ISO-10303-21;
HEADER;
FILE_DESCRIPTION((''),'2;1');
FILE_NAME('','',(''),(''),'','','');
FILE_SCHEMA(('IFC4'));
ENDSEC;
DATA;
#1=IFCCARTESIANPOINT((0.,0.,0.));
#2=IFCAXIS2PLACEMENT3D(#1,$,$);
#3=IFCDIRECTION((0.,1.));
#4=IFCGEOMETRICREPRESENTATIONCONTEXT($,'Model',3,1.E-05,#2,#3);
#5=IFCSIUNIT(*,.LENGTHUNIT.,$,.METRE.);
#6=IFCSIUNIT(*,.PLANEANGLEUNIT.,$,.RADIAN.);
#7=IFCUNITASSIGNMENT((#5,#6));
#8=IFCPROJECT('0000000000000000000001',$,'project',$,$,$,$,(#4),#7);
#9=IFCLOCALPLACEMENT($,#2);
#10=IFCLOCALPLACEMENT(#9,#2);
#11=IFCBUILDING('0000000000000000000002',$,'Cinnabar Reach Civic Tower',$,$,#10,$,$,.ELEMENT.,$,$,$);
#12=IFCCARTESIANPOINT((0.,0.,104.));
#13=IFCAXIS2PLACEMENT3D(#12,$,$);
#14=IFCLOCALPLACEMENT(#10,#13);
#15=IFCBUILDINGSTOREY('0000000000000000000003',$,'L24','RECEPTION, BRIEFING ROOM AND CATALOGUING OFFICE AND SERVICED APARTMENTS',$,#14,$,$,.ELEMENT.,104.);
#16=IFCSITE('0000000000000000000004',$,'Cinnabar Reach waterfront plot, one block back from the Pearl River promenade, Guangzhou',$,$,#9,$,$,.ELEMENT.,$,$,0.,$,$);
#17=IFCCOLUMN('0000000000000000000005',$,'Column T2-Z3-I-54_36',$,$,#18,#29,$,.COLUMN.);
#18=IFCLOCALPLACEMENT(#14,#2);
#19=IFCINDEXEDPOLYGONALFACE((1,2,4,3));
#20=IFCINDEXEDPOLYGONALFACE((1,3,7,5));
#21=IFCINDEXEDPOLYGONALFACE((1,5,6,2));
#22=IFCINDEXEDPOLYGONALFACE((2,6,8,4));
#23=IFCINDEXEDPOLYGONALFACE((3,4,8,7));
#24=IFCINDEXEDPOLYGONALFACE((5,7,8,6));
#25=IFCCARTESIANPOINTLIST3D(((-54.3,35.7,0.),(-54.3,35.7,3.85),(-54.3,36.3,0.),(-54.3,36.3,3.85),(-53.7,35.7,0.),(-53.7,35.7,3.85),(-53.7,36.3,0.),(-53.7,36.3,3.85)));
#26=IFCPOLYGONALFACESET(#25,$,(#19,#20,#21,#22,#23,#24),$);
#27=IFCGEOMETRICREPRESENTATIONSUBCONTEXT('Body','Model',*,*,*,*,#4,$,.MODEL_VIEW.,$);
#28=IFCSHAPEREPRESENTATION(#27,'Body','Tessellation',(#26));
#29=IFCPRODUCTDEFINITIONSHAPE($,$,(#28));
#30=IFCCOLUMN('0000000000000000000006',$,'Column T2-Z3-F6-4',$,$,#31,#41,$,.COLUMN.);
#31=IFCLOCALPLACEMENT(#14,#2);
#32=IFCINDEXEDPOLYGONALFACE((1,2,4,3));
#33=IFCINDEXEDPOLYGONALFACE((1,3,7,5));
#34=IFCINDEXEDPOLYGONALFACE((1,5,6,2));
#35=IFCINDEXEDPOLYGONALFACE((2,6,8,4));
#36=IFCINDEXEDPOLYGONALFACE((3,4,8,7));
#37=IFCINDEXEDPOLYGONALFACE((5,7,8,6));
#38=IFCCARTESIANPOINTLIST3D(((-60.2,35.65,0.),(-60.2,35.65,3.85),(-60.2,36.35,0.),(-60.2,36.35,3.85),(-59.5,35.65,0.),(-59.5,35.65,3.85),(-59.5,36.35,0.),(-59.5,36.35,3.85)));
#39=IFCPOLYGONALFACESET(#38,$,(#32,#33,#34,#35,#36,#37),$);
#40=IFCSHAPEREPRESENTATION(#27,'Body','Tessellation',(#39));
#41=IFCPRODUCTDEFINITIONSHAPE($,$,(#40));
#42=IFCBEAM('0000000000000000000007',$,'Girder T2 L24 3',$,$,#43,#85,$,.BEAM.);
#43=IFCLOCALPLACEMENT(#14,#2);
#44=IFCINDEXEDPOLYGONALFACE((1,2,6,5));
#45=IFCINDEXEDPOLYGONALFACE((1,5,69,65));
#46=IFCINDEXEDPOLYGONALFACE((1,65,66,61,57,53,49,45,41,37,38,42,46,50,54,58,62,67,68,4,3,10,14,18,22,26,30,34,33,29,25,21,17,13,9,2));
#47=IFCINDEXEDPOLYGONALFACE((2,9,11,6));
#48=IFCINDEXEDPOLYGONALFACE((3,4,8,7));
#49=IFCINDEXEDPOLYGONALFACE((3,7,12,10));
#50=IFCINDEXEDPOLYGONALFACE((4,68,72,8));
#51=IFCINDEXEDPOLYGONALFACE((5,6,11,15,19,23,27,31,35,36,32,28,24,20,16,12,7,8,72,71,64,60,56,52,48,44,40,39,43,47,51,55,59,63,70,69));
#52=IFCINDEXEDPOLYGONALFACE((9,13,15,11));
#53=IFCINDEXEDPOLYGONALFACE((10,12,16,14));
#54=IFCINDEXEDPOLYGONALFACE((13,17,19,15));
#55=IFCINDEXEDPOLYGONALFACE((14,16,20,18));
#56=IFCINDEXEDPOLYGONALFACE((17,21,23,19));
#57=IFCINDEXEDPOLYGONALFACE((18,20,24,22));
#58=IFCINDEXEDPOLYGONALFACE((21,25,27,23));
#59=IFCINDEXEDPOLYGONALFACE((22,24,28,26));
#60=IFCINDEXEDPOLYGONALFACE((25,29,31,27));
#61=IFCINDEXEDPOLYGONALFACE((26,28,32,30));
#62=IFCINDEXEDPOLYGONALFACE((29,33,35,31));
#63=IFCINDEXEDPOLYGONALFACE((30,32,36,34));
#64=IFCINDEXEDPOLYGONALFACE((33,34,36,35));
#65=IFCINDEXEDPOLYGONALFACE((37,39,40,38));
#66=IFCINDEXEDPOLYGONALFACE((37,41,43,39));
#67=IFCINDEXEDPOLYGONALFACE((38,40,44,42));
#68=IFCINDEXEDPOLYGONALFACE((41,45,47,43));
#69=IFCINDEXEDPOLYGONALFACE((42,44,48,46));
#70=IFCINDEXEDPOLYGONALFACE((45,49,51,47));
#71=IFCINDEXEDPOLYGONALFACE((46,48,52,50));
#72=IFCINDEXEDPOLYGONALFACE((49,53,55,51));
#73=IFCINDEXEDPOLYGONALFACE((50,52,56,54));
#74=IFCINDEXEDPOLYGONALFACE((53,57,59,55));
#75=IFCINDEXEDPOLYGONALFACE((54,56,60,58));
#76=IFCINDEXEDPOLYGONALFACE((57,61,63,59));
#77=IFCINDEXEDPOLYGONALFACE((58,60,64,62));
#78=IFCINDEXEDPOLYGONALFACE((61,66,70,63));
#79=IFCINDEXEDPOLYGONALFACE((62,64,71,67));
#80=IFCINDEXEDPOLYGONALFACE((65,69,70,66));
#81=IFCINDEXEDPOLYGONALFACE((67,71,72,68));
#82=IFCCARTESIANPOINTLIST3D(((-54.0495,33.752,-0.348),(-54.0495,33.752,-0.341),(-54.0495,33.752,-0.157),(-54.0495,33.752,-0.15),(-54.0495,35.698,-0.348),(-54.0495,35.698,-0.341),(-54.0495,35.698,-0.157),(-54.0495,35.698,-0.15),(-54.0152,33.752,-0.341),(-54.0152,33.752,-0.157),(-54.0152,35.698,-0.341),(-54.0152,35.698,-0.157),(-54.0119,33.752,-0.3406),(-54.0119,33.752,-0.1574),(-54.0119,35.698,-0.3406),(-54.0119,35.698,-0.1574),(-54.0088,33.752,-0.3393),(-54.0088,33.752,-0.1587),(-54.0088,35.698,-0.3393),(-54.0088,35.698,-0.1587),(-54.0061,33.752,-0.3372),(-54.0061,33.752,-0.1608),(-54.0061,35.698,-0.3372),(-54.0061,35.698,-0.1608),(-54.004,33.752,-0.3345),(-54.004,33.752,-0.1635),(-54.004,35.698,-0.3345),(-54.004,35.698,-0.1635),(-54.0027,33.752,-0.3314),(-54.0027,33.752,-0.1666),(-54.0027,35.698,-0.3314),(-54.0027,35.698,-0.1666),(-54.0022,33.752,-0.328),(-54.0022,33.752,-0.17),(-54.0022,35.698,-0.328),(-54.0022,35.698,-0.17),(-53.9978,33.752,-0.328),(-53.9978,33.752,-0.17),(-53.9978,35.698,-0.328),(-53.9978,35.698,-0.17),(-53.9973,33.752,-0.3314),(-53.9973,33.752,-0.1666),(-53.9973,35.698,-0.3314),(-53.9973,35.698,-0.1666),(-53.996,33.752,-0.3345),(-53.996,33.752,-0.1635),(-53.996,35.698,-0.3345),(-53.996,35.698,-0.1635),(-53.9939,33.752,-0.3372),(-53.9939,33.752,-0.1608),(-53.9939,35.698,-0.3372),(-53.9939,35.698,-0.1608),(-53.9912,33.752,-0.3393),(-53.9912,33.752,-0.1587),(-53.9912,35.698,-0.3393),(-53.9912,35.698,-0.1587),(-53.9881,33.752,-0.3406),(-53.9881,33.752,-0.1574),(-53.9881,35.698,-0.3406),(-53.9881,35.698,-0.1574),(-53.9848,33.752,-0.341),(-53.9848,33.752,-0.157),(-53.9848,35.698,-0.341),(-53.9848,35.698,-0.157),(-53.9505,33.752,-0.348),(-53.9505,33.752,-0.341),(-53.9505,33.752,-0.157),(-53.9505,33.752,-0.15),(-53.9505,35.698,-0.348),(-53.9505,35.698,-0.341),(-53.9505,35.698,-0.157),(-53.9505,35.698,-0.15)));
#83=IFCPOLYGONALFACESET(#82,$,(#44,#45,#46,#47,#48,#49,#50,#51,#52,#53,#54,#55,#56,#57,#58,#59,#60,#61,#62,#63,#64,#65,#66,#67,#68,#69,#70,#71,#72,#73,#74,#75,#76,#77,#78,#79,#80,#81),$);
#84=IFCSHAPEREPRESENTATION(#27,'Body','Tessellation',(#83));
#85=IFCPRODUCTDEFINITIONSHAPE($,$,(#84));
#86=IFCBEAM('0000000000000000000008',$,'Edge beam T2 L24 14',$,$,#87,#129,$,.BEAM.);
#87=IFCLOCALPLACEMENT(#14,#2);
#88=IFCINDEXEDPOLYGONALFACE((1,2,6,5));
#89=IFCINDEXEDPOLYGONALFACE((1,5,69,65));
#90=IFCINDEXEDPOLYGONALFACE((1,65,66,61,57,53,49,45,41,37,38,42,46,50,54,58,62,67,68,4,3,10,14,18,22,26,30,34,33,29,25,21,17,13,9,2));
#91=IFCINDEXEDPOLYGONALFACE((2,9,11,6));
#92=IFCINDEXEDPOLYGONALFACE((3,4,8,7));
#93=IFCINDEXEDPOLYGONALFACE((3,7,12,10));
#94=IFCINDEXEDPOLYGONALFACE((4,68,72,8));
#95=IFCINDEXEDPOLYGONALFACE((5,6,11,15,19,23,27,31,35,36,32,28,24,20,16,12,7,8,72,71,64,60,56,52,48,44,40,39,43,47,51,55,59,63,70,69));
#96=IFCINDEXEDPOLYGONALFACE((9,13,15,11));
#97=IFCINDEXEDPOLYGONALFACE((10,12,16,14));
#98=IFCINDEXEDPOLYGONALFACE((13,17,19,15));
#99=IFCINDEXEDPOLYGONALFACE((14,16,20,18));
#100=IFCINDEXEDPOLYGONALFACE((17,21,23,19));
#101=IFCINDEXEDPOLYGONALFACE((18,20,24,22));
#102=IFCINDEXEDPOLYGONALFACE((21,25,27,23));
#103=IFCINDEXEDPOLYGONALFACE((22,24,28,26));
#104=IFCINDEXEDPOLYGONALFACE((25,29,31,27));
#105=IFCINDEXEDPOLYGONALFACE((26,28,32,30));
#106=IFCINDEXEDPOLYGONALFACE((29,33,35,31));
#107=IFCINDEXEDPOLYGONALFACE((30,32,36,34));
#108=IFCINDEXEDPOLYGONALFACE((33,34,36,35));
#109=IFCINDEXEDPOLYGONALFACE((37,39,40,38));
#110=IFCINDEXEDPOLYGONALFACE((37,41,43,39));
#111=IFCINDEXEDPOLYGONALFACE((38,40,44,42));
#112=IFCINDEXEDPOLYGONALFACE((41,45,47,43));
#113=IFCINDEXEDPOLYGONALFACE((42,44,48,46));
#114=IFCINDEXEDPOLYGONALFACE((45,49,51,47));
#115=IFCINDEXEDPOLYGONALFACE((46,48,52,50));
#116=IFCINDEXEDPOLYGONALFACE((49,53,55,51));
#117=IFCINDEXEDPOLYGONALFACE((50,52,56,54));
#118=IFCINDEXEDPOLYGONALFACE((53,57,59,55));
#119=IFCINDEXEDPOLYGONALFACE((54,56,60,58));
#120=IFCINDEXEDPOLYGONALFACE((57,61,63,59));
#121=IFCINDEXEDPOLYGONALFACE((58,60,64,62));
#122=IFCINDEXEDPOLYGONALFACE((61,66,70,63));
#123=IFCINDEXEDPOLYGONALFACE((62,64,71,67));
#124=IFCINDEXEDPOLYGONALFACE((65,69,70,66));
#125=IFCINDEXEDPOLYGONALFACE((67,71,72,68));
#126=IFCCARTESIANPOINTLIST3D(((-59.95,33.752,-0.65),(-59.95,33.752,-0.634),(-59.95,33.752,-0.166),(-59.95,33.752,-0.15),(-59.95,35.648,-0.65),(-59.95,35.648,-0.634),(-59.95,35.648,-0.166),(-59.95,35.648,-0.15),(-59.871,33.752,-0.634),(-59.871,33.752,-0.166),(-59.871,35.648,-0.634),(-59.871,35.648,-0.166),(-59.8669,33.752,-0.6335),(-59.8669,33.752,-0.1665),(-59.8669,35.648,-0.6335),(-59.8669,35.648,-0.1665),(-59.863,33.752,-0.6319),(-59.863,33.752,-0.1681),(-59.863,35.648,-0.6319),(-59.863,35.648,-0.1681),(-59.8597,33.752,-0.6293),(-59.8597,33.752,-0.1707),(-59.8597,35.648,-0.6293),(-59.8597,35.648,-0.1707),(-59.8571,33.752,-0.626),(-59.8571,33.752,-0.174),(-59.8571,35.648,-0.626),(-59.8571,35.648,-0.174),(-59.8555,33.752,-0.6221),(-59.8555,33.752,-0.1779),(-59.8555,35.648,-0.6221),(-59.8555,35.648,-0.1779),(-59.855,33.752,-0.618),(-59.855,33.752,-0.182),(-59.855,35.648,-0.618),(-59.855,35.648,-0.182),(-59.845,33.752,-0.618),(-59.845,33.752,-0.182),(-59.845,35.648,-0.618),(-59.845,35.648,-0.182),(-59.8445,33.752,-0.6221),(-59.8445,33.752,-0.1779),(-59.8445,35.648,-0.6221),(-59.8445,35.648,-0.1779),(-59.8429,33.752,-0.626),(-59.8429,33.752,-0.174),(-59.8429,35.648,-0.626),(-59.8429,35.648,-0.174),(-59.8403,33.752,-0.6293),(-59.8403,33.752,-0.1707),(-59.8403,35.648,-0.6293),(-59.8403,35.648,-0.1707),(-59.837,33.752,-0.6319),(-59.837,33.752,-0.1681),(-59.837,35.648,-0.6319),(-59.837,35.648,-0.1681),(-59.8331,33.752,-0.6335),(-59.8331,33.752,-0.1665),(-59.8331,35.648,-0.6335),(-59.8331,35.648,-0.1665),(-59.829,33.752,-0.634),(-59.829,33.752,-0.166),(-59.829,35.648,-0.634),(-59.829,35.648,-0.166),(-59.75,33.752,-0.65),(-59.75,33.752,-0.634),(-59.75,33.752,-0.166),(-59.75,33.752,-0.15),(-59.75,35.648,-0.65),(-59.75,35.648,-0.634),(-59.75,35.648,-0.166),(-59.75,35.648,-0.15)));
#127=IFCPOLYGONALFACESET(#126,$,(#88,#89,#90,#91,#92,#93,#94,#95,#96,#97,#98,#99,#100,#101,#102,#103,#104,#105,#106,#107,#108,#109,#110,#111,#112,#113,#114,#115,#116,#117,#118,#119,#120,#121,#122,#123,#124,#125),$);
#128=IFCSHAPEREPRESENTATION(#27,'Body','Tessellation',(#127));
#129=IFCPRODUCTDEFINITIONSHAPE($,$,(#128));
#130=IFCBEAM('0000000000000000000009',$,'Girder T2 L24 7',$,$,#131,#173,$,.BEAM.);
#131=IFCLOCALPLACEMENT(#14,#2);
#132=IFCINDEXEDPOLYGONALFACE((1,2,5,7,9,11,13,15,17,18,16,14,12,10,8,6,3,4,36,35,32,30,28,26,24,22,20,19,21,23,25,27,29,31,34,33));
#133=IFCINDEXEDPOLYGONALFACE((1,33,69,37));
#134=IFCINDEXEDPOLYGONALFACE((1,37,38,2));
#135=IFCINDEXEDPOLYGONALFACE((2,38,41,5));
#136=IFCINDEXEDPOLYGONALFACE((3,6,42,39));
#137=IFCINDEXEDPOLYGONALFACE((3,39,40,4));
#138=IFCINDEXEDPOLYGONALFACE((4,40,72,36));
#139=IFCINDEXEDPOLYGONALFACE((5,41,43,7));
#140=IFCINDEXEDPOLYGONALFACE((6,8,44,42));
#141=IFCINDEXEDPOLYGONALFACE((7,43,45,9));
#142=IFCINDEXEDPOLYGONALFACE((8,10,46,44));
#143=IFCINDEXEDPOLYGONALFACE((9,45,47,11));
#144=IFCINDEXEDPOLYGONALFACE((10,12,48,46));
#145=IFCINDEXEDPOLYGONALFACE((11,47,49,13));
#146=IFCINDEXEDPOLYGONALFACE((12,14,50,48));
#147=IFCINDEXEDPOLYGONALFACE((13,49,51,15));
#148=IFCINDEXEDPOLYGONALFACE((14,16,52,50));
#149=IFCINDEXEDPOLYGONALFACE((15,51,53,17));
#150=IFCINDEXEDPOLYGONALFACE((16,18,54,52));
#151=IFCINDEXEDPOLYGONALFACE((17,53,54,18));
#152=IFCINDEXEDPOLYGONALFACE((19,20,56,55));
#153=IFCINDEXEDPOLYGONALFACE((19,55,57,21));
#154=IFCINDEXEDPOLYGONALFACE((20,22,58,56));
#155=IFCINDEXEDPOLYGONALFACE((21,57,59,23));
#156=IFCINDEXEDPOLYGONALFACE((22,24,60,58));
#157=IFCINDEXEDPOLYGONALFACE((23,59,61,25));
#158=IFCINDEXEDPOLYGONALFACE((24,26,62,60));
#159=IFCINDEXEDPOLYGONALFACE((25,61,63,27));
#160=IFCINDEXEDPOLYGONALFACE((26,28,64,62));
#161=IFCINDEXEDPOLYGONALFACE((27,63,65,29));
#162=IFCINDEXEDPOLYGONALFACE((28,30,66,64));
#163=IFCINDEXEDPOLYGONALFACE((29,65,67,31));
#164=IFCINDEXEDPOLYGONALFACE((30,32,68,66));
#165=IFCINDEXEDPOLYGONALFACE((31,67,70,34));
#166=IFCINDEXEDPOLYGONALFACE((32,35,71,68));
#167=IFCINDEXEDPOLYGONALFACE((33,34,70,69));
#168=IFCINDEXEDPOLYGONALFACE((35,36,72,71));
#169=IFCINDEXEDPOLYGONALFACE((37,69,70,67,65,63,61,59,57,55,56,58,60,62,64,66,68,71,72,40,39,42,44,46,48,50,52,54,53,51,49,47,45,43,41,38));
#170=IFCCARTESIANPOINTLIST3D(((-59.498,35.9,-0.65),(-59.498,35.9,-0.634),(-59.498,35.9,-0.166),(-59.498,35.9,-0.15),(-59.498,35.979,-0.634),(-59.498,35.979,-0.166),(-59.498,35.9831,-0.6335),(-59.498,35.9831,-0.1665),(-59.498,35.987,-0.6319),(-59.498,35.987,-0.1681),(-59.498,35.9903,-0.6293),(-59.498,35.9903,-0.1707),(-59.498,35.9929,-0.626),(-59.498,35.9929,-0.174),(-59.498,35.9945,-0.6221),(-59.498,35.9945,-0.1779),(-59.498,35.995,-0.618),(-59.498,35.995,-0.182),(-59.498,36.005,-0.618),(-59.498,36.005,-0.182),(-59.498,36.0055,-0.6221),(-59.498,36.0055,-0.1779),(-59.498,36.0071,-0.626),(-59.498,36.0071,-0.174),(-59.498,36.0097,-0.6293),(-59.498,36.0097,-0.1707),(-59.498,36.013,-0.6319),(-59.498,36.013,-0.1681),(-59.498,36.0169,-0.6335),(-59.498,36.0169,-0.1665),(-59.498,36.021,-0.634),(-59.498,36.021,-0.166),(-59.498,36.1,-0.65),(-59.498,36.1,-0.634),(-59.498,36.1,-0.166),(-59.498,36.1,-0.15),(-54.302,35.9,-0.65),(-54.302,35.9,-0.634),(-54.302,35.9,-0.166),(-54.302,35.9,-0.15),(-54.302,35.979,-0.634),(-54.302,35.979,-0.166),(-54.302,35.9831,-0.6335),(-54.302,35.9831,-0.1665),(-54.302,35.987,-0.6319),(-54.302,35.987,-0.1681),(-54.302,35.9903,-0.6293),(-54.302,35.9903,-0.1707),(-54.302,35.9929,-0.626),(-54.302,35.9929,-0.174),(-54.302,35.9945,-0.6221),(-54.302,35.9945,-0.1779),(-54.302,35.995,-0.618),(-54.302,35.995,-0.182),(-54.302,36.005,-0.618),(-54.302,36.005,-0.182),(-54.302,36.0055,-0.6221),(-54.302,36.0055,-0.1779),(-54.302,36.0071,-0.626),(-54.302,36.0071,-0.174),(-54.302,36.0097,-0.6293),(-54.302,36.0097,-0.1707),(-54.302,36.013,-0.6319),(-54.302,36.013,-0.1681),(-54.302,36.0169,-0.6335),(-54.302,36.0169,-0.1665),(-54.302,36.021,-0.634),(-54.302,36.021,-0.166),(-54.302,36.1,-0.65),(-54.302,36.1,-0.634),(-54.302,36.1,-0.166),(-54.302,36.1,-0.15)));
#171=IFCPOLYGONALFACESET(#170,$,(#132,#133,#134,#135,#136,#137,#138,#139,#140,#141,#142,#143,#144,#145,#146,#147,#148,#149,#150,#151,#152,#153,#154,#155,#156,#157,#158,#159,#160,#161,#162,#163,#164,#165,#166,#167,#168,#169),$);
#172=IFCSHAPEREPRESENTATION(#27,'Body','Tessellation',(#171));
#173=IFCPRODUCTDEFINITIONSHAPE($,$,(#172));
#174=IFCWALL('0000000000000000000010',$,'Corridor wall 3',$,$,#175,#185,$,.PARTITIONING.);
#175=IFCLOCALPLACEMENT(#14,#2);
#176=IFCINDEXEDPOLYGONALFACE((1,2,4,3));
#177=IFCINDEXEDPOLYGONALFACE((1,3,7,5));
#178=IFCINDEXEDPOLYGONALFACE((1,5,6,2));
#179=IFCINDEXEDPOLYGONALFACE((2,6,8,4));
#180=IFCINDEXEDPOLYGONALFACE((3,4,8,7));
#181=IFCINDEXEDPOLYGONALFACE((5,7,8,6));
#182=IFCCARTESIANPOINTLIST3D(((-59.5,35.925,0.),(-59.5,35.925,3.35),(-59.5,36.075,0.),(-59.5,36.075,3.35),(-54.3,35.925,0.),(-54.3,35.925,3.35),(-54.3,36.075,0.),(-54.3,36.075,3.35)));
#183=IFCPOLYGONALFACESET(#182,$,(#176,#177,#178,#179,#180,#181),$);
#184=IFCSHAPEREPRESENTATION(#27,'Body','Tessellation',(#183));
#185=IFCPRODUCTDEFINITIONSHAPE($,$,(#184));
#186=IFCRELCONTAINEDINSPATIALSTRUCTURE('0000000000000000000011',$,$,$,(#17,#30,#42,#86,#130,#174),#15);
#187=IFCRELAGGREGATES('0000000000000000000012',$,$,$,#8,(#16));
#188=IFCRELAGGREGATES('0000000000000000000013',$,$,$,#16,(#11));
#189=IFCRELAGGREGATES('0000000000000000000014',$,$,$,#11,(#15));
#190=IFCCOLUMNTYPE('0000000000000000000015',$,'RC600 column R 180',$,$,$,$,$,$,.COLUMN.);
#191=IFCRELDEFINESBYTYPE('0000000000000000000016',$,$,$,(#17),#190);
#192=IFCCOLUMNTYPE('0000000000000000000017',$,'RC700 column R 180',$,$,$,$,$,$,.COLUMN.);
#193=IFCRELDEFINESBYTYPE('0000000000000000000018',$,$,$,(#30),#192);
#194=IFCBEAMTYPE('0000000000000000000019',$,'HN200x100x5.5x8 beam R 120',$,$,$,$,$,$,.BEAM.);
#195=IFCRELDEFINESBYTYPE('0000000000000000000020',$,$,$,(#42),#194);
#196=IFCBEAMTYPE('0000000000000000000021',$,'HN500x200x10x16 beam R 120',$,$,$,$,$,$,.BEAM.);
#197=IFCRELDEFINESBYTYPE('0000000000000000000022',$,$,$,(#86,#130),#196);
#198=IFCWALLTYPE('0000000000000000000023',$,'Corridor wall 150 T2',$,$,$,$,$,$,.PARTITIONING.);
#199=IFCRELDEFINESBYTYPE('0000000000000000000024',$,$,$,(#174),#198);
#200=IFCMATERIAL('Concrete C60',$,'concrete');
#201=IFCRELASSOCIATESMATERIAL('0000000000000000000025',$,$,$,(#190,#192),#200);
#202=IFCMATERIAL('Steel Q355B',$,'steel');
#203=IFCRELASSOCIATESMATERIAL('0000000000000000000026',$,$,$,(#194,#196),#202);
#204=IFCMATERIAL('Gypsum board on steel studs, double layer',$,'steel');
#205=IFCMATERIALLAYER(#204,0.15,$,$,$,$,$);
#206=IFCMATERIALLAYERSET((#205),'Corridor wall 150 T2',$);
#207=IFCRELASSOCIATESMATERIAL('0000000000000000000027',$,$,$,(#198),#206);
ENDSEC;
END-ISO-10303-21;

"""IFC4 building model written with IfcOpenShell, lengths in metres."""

from ifc_helpers import new_model, si_unit, direction, frame, frame_2d, origin, origin_2d, place, context, subcontext, project, spatial, rectangle, i_section, extrude, material, layer, layer_set, material_profile, profile_set, type_object, element, save


model = new_model("IFC4")

# Units and contexts
model_context = context("Model", 3, precision=1e-05, world=origin(), true_north=direction((0.0, 1.0)))
body_context = subcontext(model_context, "Body", "Model", "MODEL_VIEW")
ifc_project = project(units=[si_unit("LENGTHUNIT", "METRE"), si_unit("PLANEANGLEUNIT", "RADIAN")], contexts=[model_context])

# Site, building, storey
site_placement = place(None, origin())
site = spatial("IfcSite", under=ifc_project, at=site_placement, Name="Cinnabar Reach waterfront plot, one block back from the Pearl River promenade, Guangzhou", CompositionType="ELEMENT", RefElevation=0.0)
building_placement = place(site_placement, origin())
building = spatial("IfcBuilding", under=site, at=building_placement, Name="Cinnabar Reach Civic Tower", CompositionType="ELEMENT")
storey_placement = place(building_placement, frame((0.0, 0.0, 104.0)))
storey = spatial("IfcBuildingStorey", under=building, at=storey_placement, Name="L24", Description="RECEPTION, BRIEFING ROOM AND CATALOGUING OFFICE AND SERVICED APARTMENTS", CompositionType="ELEMENT", Elevation=104.0)

# Columns
ifc_material_1 = material(Name="Concrete C60", Category="concrete")
ifc_material_profile_1 = material_profile(ifc_material_1, rectangle(XDim=0.6, YDim=0.6, at=origin_2d()), Name="RC600")
ifc_profile_set_1 = profile_set([ifc_material_profile_1], Name="Concrete C60")
column_type_1 = type_object("IfcColumnType", Name="RC600 column R 180", PredefinedType="COLUMN", material=ifc_profile_set_1)
column_1_placement = place(storey_placement, frame((-54.0, 36.0, 0.0), z_axis=(0.0, 0.0, 1.0), x_axis=(1.0, 0.0, 0.0)))
element("IfcColumn", 1, at=column_1_placement, inside=storey, type_object=column_type_1, Name="Column T2-Z3-I-54_36", PredefinedType="COLUMN", context=body_context, shape_type="SweptSolid", body=[
    extrude(rectangle(XDim=0.6, YDim=0.6, at=origin_2d()), origin(), (0.0, 0.0, 1.0), 3.85),
])
ifc_material_profile_2 = material_profile(ifc_material_1, rectangle(XDim=0.7, YDim=0.7, at=origin_2d()), Name="RC700")
ifc_profile_set_2 = profile_set([ifc_material_profile_2], Name="Concrete C60")
column_type_2 = type_object("IfcColumnType", Name="RC700 column R 180", PredefinedType="COLUMN", material=ifc_profile_set_2)
column_2_placement = place(storey_placement, frame((-59.85, 36.0, 0.0), z_axis=(0.0, 0.0, 1.0), x_axis=(1.0, 0.0, 0.0)))
element("IfcColumn", 2, at=column_2_placement, inside=storey, type_object=column_type_2, Name="Column T2-Z3-F6-4", PredefinedType="COLUMN", context=body_context, shape_type="SweptSolid", body=[
    extrude(rectangle(XDim=0.7, YDim=0.7, at=origin_2d()), origin(), (0.0, 0.0, 1.0), 3.85),
])

# Beams
ifc_material_2 = material(Name="Steel Q355B", Category="steel")
ifc_material_profile_3 = material_profile(ifc_material_2, i_section(OverallWidth=0.099, OverallDepth=0.198, WebThickness=0.0045, FlangeThickness=0.007, FilletRadius=0.013, at=origin_2d()), Name="HN200x100x5.5x8")
ifc_profile_set_3 = profile_set([ifc_material_profile_3], Name="Steel Q355B")
beam_type_1 = type_object("IfcBeamType", Name="HN200x100x5.5x8 beam R 120", PredefinedType="BEAM", material=ifc_profile_set_3)
beam_1_placement = place(storey_placement, frame((-54.0, 33.752, -0.249), z_axis=(0.0, 1.0, 0.0), x_axis=(-1.0, 0.0, 0.0)))
element("IfcBeam", 3, at=beam_1_placement, inside=storey, type_object=beam_type_1, Name="Girder T2 L24 3", PredefinedType="BEAM", context=body_context, shape_type="SweptSolid", body=[
    extrude(i_section(OverallWidth=0.099, OverallDepth=0.198, WebThickness=0.0045, FlangeThickness=0.007, FilletRadius=0.013, at=origin_2d()), origin(), (0.0, 0.0, 1.0), 1.946),
])
ifc_material_profile_4 = material_profile(ifc_material_2, i_section(OverallWidth=0.2, OverallDepth=0.5, WebThickness=0.01, FlangeThickness=0.016, FilletRadius=0.016, at=origin_2d()), Name="HN500x200x10x16")
ifc_profile_set_4 = profile_set([ifc_material_profile_4], Name="Steel Q355B")
beam_type_2 = type_object("IfcBeamType", Name="HN500x200x10x16 beam R 120", PredefinedType="BEAM", material=ifc_profile_set_4)
beam_2_placement = place(storey_placement, frame((-59.85, 35.648, -0.4), z_axis=(0.0, -1.0, 0.0), x_axis=(1.0, 0.0, 0.0)))
element("IfcBeam", 4, at=beam_2_placement, inside=storey, type_object=beam_type_2, Name="Edge beam T2 L24 14", PredefinedType="BEAM", context=body_context, shape_type="SweptSolid", body=[
    extrude(i_section(OverallWidth=0.2, OverallDepth=0.5, WebThickness=0.01, FlangeThickness=0.016, FilletRadius=0.016, at=origin_2d()), origin(), (0.0, 0.0, 1.0), 1.896),
])
beam_3_placement = place(storey_placement, frame((-59.498, 36.0, -0.4), z_axis=(1.0, 0.0, 0.0), x_axis=(0.0, 1.0, 0.0)))
element("IfcBeam", 5, at=beam_3_placement, inside=storey, type_object=beam_type_2, Name="Girder T2 L24 7", PredefinedType="BEAM", context=body_context, shape_type="SweptSolid", body=[
    extrude(i_section(OverallWidth=0.2, OverallDepth=0.5, WebThickness=0.01, FlangeThickness=0.016, FilletRadius=0.016, at=origin_2d()), origin(), (0.0, 0.0, 1.0), 5.196),
])

# Wall
ifc_material_3 = material(Name="Gypsum board on steel studs, double layer", Category="steel")
ifc_layer_1 = layer(ifc_material_3, 0.15)
ifc_layer_set_1 = layer_set([ifc_layer_1], Name="Corridor wall 150 T2")
wall_type_1 = type_object("IfcWallType", Name="Corridor wall 150 T2", PredefinedType="PARTITIONING", material=ifc_layer_set_1)
wall_1_placement = place(storey_placement, frame((-59.5, 36.0, 0.0), z_axis=(0.0, 0.0, 1.0), x_axis=(1.0, 0.0, 0.0)))
element("IfcWall", 6, at=wall_1_placement, inside=storey, type_object=wall_type_1, Name="Corridor wall 3", PredefinedType="PARTITIONING", context=body_context, shape_type="SweptSolid", body=[
    extrude(rectangle(XDim=5.2, YDim=0.15, at=frame_2d((2.6, 0.0))), origin(), (0.0, 0.0, 1.0), 3.35),
])

save(model, "model.ifc")
